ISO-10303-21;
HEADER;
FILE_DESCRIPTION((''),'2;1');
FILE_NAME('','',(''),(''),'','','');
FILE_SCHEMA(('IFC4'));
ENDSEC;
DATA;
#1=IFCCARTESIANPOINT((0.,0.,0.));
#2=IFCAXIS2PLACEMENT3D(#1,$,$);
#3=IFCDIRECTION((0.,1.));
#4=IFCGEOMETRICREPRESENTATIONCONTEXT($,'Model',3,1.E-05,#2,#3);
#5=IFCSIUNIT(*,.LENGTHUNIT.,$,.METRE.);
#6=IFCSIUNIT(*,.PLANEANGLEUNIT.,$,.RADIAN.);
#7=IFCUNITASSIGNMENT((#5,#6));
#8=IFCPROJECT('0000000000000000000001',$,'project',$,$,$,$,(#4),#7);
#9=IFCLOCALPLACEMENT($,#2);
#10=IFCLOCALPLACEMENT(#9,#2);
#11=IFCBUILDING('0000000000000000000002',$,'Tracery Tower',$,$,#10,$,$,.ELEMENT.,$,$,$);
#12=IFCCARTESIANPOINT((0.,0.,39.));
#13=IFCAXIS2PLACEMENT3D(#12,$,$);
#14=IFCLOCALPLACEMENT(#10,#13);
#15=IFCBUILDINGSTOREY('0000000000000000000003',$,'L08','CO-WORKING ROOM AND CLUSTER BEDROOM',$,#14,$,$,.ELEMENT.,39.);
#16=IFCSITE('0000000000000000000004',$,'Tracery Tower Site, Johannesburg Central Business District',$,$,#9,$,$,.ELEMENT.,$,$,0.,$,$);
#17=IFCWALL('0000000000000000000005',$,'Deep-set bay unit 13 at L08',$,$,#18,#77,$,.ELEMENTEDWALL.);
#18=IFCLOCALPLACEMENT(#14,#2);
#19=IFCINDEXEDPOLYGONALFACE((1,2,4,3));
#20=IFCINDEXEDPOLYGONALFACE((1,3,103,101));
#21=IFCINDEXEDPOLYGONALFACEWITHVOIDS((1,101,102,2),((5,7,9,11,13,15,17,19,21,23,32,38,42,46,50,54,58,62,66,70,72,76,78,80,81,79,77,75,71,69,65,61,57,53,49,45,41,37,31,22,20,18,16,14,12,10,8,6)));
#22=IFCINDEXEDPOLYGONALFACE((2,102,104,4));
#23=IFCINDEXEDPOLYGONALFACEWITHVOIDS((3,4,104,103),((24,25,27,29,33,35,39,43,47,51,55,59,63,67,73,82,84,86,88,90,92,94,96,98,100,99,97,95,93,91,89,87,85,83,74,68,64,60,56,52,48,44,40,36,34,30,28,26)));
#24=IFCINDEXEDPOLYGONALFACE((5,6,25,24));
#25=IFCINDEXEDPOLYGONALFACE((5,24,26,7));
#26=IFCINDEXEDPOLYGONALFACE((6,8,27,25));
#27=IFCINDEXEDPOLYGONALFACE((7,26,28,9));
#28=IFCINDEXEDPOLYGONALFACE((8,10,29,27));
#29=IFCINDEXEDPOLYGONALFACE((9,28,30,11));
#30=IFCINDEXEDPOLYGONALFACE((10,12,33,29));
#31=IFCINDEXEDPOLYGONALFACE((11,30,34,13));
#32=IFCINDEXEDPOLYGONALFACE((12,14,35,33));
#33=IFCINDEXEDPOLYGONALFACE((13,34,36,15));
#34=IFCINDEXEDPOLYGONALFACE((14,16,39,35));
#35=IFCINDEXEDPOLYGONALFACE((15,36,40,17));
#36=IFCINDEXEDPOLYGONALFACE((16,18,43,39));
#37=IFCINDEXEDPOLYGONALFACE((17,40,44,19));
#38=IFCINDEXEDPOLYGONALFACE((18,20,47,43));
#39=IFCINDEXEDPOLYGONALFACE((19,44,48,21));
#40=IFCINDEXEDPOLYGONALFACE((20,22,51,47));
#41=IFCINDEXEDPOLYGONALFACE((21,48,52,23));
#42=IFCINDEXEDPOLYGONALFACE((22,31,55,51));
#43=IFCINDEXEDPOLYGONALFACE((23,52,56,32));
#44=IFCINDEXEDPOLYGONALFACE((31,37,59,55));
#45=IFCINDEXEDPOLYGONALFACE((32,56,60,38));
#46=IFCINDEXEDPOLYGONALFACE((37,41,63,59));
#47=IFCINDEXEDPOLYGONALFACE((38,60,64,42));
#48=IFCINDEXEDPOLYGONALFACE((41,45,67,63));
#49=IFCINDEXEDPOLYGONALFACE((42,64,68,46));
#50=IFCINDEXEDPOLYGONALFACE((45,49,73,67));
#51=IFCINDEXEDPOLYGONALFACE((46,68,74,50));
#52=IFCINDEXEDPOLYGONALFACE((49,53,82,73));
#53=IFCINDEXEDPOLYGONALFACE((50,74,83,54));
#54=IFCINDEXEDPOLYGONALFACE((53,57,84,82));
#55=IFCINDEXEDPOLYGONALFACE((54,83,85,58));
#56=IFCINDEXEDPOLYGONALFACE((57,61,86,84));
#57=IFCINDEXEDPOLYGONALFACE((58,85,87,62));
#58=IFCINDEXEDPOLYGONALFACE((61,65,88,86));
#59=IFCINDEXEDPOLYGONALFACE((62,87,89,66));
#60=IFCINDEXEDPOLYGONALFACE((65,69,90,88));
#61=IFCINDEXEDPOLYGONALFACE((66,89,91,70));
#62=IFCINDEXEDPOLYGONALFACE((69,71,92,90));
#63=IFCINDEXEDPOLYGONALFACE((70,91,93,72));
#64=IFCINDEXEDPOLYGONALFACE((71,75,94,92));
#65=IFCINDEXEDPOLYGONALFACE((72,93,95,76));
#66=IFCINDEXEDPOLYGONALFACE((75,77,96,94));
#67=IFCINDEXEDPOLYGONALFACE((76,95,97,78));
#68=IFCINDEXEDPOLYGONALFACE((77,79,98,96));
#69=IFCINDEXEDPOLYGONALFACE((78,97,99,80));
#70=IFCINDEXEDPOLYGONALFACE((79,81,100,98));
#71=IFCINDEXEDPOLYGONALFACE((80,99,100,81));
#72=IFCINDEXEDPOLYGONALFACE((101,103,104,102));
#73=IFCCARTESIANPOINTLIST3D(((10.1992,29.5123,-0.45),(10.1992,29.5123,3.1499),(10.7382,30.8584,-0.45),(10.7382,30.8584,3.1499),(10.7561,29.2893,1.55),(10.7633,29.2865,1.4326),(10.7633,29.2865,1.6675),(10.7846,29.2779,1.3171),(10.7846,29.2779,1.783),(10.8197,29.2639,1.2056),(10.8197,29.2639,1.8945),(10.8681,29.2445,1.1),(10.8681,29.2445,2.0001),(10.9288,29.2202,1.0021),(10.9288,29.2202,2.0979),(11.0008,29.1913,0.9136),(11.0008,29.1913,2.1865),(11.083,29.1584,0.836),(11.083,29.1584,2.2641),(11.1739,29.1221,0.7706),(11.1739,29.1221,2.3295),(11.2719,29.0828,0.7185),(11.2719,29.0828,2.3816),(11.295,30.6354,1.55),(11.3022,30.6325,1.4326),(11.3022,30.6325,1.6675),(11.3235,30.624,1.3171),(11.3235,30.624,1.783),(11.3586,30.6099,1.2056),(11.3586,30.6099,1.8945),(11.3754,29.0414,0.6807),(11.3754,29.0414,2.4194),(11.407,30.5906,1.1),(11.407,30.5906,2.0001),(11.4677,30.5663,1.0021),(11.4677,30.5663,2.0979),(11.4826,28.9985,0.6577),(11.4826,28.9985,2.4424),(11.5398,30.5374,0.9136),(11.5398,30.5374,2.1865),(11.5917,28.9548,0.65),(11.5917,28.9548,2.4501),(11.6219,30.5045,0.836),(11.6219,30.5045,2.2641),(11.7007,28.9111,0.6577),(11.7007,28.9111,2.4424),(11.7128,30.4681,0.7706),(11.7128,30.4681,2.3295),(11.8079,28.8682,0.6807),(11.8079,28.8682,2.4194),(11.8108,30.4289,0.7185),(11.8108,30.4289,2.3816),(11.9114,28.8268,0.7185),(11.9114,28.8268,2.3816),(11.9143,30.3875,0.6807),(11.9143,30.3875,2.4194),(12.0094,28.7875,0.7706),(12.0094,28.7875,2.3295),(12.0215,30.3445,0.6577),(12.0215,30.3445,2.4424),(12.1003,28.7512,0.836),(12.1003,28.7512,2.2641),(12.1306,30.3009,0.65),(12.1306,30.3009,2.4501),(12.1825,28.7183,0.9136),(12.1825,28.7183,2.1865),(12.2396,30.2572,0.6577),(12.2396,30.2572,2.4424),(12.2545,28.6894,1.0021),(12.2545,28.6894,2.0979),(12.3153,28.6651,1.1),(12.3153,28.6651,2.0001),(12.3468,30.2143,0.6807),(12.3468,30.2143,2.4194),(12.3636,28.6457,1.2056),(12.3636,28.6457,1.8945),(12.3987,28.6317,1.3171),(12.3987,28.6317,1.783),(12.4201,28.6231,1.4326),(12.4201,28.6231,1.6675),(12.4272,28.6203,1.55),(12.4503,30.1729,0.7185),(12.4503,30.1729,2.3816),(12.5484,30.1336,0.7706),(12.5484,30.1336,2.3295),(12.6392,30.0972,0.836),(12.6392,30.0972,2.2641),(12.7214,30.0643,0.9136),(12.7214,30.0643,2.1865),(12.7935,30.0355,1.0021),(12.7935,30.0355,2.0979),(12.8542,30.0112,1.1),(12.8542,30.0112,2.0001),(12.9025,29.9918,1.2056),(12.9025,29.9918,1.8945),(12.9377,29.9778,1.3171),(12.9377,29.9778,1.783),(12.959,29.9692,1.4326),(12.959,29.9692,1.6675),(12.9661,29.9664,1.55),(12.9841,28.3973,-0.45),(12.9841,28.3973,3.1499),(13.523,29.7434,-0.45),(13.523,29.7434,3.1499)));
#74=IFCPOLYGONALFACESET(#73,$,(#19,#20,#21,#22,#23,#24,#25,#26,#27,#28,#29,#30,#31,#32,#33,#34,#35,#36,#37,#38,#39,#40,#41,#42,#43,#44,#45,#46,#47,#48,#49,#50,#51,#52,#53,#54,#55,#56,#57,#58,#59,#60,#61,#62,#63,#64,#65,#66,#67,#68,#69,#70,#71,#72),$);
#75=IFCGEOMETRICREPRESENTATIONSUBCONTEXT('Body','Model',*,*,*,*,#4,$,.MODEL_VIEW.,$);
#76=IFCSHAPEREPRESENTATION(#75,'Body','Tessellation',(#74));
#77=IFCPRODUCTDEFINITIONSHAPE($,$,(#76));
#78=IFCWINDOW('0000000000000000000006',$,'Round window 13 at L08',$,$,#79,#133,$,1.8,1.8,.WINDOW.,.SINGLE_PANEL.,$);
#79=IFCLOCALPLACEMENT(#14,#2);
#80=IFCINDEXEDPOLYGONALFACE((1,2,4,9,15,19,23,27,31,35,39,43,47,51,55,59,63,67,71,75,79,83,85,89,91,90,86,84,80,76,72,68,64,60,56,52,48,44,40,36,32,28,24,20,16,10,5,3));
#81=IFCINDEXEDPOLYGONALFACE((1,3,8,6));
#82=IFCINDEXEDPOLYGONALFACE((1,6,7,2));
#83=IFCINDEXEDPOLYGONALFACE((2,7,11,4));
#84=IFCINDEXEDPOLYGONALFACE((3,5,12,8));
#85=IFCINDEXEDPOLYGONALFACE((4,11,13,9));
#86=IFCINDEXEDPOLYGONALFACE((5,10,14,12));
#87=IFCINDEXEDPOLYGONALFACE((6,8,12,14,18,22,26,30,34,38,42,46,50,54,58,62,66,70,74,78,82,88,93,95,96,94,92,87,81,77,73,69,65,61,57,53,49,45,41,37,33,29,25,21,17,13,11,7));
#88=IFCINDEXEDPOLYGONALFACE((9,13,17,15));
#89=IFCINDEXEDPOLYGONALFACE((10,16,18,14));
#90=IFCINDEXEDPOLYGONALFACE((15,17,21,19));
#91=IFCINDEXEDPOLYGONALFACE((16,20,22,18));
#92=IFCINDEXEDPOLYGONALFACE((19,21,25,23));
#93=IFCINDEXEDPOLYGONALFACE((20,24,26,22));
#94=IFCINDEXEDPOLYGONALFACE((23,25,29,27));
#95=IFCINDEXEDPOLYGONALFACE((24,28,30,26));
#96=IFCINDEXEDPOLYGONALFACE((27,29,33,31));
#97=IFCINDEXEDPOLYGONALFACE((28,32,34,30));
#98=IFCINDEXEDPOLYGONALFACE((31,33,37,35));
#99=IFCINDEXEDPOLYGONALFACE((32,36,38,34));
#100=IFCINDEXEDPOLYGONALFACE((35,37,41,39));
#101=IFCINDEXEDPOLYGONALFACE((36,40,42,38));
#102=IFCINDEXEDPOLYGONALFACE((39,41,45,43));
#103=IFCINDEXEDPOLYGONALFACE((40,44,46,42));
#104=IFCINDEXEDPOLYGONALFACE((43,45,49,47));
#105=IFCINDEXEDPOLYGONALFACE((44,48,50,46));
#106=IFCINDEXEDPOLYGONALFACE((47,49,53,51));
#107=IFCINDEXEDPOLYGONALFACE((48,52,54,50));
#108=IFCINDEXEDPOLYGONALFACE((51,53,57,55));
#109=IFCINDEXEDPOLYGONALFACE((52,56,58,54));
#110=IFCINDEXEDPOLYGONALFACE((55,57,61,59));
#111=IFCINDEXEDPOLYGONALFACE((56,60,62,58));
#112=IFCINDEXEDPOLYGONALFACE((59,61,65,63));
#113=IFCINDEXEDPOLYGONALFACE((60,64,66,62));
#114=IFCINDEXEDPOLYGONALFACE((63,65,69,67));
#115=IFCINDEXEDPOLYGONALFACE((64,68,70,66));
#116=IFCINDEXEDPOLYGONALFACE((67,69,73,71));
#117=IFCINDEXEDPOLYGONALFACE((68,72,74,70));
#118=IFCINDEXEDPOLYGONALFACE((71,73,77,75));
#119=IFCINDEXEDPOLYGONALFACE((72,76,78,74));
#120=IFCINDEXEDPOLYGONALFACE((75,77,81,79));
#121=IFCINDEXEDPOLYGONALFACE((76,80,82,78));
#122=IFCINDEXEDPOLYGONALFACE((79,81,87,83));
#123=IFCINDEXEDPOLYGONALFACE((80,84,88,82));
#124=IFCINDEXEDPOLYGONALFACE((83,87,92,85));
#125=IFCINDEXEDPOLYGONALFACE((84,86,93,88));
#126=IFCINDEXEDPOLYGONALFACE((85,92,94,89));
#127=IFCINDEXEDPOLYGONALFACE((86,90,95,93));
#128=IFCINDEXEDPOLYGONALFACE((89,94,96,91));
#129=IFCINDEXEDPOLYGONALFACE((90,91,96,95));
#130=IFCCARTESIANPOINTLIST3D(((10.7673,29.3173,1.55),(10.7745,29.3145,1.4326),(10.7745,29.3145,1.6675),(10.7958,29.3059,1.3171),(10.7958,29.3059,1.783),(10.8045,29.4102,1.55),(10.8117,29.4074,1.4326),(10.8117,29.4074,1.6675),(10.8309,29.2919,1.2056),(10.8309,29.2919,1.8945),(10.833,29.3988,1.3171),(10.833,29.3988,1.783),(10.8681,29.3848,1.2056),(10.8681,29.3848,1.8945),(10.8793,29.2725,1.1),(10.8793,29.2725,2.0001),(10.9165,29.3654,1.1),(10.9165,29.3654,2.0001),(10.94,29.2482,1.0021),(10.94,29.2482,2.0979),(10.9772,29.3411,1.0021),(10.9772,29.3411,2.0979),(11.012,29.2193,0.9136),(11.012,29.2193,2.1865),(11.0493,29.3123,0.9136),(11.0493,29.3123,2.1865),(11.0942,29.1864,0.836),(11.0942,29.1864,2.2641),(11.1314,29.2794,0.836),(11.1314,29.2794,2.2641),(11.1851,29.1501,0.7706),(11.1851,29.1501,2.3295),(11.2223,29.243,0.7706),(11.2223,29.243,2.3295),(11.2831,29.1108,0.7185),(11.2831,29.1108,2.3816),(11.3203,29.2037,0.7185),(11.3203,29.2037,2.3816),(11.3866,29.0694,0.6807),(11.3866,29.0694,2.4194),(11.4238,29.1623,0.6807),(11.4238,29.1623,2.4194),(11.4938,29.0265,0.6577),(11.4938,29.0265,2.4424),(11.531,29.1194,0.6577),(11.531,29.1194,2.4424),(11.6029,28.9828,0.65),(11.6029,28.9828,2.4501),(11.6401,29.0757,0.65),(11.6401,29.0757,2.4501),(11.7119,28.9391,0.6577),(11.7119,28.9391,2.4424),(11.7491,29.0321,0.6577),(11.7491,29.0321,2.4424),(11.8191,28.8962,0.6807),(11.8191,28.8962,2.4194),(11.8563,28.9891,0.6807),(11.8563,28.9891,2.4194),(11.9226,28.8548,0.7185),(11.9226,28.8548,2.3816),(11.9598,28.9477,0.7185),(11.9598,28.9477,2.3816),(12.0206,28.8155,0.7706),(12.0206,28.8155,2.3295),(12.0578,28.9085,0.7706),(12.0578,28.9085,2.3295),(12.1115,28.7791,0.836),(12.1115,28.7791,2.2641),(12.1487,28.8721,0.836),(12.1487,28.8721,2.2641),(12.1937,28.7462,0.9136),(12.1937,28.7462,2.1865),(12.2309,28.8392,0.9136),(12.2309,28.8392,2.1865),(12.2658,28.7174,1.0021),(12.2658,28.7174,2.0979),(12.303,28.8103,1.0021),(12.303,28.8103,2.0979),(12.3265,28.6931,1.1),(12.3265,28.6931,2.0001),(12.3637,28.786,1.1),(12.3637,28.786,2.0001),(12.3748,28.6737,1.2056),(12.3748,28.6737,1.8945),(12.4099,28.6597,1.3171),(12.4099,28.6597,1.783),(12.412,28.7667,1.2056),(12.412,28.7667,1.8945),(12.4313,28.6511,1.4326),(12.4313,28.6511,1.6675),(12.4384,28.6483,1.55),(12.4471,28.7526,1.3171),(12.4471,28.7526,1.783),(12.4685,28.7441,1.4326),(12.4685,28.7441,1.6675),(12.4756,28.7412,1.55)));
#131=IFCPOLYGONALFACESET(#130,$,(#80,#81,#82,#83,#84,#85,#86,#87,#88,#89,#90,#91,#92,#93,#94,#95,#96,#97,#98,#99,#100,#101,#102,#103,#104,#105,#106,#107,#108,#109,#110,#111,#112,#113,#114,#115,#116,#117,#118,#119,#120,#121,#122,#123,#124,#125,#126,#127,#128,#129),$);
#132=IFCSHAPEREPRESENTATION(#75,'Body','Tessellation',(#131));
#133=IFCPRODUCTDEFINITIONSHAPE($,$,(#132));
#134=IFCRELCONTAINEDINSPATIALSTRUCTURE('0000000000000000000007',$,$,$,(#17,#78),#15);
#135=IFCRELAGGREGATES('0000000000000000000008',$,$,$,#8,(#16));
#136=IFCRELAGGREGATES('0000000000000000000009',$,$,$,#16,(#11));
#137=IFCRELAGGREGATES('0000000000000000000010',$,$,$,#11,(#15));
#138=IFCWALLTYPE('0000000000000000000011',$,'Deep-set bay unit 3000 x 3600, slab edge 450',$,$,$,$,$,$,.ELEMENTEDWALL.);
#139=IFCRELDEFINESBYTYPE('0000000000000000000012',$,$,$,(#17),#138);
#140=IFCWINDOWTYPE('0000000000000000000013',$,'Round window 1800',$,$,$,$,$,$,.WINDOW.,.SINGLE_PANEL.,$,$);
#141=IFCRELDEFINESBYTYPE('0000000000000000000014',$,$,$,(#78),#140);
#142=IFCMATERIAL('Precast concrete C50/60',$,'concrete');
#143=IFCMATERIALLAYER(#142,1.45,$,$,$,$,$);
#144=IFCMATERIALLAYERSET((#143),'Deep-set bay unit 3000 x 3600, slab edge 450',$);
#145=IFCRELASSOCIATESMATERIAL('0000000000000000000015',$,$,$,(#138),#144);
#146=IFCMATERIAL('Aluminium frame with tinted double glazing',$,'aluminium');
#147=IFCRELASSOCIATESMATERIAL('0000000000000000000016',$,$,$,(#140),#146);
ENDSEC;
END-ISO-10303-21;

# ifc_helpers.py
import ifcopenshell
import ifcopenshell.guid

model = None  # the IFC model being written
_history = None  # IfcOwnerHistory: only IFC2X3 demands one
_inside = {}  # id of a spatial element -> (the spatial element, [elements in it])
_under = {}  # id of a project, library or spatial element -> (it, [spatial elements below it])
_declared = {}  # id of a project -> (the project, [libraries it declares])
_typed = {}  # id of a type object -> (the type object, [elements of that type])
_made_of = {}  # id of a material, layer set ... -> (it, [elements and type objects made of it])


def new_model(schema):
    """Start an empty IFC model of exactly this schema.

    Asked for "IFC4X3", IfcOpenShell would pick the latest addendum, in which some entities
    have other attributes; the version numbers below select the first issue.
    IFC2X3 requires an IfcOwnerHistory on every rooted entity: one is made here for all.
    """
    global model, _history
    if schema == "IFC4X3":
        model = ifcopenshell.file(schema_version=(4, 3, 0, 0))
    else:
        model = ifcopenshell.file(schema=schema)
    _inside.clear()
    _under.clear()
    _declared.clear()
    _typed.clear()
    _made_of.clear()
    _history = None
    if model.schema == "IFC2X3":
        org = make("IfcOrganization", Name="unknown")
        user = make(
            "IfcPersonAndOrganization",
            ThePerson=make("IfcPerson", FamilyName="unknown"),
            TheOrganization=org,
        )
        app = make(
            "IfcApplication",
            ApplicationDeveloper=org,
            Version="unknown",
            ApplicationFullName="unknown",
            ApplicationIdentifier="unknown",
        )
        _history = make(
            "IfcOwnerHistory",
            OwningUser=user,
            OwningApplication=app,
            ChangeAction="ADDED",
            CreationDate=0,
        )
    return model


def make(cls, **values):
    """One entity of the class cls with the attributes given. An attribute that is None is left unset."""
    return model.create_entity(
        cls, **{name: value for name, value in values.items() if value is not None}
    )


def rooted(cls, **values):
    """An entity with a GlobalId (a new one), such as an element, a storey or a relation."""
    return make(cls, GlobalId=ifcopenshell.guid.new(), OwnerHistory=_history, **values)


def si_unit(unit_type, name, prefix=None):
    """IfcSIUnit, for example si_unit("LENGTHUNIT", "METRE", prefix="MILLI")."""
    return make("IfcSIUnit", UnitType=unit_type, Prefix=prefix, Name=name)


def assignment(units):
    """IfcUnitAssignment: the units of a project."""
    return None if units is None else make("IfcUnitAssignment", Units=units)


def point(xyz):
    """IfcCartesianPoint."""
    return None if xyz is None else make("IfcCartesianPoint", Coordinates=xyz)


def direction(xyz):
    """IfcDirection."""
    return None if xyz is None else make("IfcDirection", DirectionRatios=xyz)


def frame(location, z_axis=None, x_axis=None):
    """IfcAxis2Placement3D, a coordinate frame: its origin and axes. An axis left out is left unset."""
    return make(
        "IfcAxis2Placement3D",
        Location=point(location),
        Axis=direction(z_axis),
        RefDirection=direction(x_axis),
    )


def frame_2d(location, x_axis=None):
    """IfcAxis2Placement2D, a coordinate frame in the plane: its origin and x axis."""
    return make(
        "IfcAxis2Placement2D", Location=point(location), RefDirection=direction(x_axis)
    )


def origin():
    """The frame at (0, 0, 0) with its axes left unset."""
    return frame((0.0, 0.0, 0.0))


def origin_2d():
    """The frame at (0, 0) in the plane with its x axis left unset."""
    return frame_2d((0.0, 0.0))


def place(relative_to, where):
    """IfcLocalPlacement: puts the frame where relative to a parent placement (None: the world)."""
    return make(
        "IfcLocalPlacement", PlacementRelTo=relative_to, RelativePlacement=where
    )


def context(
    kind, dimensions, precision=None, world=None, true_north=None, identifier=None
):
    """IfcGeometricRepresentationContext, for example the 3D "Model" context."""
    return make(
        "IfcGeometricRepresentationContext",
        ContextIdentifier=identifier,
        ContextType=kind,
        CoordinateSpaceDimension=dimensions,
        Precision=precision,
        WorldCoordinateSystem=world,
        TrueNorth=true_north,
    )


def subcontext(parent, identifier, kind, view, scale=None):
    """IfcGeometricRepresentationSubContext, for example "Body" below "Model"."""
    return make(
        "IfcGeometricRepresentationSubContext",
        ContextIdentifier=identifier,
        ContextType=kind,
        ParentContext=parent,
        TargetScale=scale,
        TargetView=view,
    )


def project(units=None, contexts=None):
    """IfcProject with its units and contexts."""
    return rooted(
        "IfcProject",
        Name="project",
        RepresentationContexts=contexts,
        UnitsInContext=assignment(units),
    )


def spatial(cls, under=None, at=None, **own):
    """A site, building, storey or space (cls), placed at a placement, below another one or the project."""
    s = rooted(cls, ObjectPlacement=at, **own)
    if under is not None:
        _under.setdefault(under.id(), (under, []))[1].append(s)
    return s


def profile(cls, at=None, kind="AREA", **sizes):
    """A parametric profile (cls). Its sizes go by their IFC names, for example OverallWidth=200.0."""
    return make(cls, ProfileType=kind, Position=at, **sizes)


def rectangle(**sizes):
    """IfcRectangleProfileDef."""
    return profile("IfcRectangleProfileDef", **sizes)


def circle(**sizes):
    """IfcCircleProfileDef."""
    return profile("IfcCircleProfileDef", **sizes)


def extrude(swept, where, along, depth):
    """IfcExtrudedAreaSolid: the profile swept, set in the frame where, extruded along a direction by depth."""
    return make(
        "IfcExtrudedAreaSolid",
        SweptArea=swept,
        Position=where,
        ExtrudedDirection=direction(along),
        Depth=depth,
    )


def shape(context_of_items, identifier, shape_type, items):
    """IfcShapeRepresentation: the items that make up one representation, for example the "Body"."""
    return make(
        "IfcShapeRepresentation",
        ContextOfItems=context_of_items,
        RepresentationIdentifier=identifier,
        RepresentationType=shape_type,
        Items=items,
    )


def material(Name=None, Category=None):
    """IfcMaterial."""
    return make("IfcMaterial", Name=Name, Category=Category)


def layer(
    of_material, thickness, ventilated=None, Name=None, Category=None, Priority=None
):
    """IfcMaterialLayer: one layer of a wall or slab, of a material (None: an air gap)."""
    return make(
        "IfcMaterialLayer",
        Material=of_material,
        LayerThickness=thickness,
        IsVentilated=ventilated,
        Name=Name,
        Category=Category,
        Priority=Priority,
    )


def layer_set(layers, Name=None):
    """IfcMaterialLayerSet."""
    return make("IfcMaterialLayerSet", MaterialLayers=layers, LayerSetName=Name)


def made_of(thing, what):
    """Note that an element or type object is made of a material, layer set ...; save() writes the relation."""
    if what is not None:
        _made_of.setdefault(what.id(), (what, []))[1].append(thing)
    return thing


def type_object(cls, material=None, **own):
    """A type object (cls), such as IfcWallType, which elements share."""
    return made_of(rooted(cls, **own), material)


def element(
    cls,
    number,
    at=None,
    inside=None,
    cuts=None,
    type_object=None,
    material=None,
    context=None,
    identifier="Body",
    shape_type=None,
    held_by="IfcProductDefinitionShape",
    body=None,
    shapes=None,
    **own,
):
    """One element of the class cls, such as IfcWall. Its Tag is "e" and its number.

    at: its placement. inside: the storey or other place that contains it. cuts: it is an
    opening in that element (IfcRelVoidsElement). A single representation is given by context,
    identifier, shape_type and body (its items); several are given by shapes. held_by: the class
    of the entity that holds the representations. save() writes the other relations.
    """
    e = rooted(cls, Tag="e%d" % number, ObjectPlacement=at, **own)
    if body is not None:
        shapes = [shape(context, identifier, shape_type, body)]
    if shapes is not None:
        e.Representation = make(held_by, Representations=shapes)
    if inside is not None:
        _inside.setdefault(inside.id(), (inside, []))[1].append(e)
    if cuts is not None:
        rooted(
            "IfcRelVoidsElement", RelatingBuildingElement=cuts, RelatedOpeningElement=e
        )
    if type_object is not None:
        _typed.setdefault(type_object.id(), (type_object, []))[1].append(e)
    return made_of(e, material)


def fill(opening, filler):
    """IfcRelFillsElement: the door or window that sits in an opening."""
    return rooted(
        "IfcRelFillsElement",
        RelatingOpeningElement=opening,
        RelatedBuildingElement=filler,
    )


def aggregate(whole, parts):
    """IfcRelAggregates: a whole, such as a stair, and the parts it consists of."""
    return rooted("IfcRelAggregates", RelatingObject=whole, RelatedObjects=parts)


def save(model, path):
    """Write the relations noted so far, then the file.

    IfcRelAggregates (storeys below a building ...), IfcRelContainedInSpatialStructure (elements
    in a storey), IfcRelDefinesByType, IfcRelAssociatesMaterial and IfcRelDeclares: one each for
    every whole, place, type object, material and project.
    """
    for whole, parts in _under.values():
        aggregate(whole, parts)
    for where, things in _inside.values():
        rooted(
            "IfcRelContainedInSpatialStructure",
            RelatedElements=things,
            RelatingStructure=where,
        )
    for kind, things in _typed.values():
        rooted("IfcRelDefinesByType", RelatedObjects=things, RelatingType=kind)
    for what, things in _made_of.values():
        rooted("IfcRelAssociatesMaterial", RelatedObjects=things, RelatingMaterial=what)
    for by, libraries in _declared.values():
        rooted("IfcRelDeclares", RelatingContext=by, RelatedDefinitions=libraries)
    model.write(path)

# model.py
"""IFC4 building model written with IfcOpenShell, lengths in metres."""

from ifc_helpers import new_model, si_unit, direction, frame, frame_2d, origin, origin_2d, place, context, subcontext, project, spatial, rectangle, circle, extrude, material, layer, layer_set, type_object, element, fill, save


model = new_model("IFC4")

# Units and contexts
model_context = context("Model", 3, precision=1e-05, world=origin(), true_north=direction((0.0, 1.0)))
body_context = subcontext(model_context, "Body", "Model", "MODEL_VIEW")
ifc_project = project(units=[si_unit("LENGTHUNIT", "METRE"), si_unit("PLANEANGLEUNIT", "RADIAN")], contexts=[model_context])

# Site, building, storey
site_placement = place(None, origin())
site = spatial("IfcSite", under=ifc_project, at=site_placement, Name="Tracery Tower Site, Johannesburg Central Business District", CompositionType="ELEMENT", RefElevation=0.0)
building_placement = place(site_placement, origin())
building = spatial("IfcBuilding", under=site, at=building_placement, Name="Tracery Tower", CompositionType="ELEMENT")
storey_placement = place(building_placement, frame((0.0, 0.0, 39.0)))
storey = spatial("IfcBuildingStorey", under=building, at=storey_placement, Name="L08", Description="CO-WORKING ROOM AND CLUSTER BEDROOM", CompositionType="ELEMENT", Elevation=39.0)

# Wall, opening, window
ifc_material_1 = material(Name="Precast concrete C50/60", Category="concrete")
ifc_layer_1 = layer(ifc_material_1, 1.45)
ifc_layer_set_1 = layer_set([ifc_layer_1], Name="Deep-set bay unit 3000 x 3600, slab edge 450")
wall_type_1 = type_object("IfcWallType", Name="Deep-set bay unit 3000 x 3600, slab edge 450", PredefinedType="ELEMENTEDWALL", material=ifc_layer_set_1)
wall_1_placement = place(storey_placement, frame((13.2537, 29.0703, -0.45), z_axis=(0.0, 0.0, 1.0), x_axis=(-0.928359, 0.371685, 0.0)))
wall_1 = element("IfcWall", 1, at=wall_1_placement, inside=storey, type_object=wall_type_1, Name="Deep-set bay unit 13 at L08", PredefinedType="ELEMENTEDWALL", context=body_context, shape_type="SweptSolid", body=[
    extrude(rectangle(XDim=2.9998, YDim=1.45, at=frame_2d((1.5, 0.0))), origin(), (0.0, 0.0, 1.0), 3.5999),
])
opening_1_placement = place(wall_1_placement, frame((1.5, 0.0, 2.0)))
opening_1 = element("IfcOpeningElement", 2, at=opening_1_placement, cuts=wall_1, PredefinedType="OPENING", context=body_context, shape_type="SweptSolid", body=[
    extrude(circle(Radius=0.9, at=origin_2d()), frame((0.0, 0.7349, 0.0), z_axis=(0.0, -1.0, 0.0), x_axis=(1.0, 0.0, 0.0)), (0.0, 0.0, 1.0), 1.47),
])
ifc_material_2 = material(Name="Aluminium frame with tinted double glazing", Category="aluminium")
window_type = type_object("IfcWindowType", Name="Round window 1800", PartitioningType="SINGLE_PANEL", PredefinedType="WINDOW", material=ifc_material_2)
window_1_placement = place(opening_1_placement, origin())
window_1 = element("IfcWindow", 3, at=window_1_placement, inside=storey, type_object=window_type, Name="Round window 13 at L08", OverallHeight=1.8, OverallWidth=1.8, PartitioningType="SINGLE_PANEL", PredefinedType="WINDOW", context=body_context, shape_type="SweptSolid", body=[
    extrude(circle(Radius=0.9, at=origin_2d()), frame((0.0, 0.6948, 0.0), z_axis=(0.0, -1.0, 0.0), x_axis=(1.0, 0.0, 0.0)), (0.0, 0.0, 1.0), 0.1001),
])
fill(opening_1, window_1)

save(model, "model.ifc")
